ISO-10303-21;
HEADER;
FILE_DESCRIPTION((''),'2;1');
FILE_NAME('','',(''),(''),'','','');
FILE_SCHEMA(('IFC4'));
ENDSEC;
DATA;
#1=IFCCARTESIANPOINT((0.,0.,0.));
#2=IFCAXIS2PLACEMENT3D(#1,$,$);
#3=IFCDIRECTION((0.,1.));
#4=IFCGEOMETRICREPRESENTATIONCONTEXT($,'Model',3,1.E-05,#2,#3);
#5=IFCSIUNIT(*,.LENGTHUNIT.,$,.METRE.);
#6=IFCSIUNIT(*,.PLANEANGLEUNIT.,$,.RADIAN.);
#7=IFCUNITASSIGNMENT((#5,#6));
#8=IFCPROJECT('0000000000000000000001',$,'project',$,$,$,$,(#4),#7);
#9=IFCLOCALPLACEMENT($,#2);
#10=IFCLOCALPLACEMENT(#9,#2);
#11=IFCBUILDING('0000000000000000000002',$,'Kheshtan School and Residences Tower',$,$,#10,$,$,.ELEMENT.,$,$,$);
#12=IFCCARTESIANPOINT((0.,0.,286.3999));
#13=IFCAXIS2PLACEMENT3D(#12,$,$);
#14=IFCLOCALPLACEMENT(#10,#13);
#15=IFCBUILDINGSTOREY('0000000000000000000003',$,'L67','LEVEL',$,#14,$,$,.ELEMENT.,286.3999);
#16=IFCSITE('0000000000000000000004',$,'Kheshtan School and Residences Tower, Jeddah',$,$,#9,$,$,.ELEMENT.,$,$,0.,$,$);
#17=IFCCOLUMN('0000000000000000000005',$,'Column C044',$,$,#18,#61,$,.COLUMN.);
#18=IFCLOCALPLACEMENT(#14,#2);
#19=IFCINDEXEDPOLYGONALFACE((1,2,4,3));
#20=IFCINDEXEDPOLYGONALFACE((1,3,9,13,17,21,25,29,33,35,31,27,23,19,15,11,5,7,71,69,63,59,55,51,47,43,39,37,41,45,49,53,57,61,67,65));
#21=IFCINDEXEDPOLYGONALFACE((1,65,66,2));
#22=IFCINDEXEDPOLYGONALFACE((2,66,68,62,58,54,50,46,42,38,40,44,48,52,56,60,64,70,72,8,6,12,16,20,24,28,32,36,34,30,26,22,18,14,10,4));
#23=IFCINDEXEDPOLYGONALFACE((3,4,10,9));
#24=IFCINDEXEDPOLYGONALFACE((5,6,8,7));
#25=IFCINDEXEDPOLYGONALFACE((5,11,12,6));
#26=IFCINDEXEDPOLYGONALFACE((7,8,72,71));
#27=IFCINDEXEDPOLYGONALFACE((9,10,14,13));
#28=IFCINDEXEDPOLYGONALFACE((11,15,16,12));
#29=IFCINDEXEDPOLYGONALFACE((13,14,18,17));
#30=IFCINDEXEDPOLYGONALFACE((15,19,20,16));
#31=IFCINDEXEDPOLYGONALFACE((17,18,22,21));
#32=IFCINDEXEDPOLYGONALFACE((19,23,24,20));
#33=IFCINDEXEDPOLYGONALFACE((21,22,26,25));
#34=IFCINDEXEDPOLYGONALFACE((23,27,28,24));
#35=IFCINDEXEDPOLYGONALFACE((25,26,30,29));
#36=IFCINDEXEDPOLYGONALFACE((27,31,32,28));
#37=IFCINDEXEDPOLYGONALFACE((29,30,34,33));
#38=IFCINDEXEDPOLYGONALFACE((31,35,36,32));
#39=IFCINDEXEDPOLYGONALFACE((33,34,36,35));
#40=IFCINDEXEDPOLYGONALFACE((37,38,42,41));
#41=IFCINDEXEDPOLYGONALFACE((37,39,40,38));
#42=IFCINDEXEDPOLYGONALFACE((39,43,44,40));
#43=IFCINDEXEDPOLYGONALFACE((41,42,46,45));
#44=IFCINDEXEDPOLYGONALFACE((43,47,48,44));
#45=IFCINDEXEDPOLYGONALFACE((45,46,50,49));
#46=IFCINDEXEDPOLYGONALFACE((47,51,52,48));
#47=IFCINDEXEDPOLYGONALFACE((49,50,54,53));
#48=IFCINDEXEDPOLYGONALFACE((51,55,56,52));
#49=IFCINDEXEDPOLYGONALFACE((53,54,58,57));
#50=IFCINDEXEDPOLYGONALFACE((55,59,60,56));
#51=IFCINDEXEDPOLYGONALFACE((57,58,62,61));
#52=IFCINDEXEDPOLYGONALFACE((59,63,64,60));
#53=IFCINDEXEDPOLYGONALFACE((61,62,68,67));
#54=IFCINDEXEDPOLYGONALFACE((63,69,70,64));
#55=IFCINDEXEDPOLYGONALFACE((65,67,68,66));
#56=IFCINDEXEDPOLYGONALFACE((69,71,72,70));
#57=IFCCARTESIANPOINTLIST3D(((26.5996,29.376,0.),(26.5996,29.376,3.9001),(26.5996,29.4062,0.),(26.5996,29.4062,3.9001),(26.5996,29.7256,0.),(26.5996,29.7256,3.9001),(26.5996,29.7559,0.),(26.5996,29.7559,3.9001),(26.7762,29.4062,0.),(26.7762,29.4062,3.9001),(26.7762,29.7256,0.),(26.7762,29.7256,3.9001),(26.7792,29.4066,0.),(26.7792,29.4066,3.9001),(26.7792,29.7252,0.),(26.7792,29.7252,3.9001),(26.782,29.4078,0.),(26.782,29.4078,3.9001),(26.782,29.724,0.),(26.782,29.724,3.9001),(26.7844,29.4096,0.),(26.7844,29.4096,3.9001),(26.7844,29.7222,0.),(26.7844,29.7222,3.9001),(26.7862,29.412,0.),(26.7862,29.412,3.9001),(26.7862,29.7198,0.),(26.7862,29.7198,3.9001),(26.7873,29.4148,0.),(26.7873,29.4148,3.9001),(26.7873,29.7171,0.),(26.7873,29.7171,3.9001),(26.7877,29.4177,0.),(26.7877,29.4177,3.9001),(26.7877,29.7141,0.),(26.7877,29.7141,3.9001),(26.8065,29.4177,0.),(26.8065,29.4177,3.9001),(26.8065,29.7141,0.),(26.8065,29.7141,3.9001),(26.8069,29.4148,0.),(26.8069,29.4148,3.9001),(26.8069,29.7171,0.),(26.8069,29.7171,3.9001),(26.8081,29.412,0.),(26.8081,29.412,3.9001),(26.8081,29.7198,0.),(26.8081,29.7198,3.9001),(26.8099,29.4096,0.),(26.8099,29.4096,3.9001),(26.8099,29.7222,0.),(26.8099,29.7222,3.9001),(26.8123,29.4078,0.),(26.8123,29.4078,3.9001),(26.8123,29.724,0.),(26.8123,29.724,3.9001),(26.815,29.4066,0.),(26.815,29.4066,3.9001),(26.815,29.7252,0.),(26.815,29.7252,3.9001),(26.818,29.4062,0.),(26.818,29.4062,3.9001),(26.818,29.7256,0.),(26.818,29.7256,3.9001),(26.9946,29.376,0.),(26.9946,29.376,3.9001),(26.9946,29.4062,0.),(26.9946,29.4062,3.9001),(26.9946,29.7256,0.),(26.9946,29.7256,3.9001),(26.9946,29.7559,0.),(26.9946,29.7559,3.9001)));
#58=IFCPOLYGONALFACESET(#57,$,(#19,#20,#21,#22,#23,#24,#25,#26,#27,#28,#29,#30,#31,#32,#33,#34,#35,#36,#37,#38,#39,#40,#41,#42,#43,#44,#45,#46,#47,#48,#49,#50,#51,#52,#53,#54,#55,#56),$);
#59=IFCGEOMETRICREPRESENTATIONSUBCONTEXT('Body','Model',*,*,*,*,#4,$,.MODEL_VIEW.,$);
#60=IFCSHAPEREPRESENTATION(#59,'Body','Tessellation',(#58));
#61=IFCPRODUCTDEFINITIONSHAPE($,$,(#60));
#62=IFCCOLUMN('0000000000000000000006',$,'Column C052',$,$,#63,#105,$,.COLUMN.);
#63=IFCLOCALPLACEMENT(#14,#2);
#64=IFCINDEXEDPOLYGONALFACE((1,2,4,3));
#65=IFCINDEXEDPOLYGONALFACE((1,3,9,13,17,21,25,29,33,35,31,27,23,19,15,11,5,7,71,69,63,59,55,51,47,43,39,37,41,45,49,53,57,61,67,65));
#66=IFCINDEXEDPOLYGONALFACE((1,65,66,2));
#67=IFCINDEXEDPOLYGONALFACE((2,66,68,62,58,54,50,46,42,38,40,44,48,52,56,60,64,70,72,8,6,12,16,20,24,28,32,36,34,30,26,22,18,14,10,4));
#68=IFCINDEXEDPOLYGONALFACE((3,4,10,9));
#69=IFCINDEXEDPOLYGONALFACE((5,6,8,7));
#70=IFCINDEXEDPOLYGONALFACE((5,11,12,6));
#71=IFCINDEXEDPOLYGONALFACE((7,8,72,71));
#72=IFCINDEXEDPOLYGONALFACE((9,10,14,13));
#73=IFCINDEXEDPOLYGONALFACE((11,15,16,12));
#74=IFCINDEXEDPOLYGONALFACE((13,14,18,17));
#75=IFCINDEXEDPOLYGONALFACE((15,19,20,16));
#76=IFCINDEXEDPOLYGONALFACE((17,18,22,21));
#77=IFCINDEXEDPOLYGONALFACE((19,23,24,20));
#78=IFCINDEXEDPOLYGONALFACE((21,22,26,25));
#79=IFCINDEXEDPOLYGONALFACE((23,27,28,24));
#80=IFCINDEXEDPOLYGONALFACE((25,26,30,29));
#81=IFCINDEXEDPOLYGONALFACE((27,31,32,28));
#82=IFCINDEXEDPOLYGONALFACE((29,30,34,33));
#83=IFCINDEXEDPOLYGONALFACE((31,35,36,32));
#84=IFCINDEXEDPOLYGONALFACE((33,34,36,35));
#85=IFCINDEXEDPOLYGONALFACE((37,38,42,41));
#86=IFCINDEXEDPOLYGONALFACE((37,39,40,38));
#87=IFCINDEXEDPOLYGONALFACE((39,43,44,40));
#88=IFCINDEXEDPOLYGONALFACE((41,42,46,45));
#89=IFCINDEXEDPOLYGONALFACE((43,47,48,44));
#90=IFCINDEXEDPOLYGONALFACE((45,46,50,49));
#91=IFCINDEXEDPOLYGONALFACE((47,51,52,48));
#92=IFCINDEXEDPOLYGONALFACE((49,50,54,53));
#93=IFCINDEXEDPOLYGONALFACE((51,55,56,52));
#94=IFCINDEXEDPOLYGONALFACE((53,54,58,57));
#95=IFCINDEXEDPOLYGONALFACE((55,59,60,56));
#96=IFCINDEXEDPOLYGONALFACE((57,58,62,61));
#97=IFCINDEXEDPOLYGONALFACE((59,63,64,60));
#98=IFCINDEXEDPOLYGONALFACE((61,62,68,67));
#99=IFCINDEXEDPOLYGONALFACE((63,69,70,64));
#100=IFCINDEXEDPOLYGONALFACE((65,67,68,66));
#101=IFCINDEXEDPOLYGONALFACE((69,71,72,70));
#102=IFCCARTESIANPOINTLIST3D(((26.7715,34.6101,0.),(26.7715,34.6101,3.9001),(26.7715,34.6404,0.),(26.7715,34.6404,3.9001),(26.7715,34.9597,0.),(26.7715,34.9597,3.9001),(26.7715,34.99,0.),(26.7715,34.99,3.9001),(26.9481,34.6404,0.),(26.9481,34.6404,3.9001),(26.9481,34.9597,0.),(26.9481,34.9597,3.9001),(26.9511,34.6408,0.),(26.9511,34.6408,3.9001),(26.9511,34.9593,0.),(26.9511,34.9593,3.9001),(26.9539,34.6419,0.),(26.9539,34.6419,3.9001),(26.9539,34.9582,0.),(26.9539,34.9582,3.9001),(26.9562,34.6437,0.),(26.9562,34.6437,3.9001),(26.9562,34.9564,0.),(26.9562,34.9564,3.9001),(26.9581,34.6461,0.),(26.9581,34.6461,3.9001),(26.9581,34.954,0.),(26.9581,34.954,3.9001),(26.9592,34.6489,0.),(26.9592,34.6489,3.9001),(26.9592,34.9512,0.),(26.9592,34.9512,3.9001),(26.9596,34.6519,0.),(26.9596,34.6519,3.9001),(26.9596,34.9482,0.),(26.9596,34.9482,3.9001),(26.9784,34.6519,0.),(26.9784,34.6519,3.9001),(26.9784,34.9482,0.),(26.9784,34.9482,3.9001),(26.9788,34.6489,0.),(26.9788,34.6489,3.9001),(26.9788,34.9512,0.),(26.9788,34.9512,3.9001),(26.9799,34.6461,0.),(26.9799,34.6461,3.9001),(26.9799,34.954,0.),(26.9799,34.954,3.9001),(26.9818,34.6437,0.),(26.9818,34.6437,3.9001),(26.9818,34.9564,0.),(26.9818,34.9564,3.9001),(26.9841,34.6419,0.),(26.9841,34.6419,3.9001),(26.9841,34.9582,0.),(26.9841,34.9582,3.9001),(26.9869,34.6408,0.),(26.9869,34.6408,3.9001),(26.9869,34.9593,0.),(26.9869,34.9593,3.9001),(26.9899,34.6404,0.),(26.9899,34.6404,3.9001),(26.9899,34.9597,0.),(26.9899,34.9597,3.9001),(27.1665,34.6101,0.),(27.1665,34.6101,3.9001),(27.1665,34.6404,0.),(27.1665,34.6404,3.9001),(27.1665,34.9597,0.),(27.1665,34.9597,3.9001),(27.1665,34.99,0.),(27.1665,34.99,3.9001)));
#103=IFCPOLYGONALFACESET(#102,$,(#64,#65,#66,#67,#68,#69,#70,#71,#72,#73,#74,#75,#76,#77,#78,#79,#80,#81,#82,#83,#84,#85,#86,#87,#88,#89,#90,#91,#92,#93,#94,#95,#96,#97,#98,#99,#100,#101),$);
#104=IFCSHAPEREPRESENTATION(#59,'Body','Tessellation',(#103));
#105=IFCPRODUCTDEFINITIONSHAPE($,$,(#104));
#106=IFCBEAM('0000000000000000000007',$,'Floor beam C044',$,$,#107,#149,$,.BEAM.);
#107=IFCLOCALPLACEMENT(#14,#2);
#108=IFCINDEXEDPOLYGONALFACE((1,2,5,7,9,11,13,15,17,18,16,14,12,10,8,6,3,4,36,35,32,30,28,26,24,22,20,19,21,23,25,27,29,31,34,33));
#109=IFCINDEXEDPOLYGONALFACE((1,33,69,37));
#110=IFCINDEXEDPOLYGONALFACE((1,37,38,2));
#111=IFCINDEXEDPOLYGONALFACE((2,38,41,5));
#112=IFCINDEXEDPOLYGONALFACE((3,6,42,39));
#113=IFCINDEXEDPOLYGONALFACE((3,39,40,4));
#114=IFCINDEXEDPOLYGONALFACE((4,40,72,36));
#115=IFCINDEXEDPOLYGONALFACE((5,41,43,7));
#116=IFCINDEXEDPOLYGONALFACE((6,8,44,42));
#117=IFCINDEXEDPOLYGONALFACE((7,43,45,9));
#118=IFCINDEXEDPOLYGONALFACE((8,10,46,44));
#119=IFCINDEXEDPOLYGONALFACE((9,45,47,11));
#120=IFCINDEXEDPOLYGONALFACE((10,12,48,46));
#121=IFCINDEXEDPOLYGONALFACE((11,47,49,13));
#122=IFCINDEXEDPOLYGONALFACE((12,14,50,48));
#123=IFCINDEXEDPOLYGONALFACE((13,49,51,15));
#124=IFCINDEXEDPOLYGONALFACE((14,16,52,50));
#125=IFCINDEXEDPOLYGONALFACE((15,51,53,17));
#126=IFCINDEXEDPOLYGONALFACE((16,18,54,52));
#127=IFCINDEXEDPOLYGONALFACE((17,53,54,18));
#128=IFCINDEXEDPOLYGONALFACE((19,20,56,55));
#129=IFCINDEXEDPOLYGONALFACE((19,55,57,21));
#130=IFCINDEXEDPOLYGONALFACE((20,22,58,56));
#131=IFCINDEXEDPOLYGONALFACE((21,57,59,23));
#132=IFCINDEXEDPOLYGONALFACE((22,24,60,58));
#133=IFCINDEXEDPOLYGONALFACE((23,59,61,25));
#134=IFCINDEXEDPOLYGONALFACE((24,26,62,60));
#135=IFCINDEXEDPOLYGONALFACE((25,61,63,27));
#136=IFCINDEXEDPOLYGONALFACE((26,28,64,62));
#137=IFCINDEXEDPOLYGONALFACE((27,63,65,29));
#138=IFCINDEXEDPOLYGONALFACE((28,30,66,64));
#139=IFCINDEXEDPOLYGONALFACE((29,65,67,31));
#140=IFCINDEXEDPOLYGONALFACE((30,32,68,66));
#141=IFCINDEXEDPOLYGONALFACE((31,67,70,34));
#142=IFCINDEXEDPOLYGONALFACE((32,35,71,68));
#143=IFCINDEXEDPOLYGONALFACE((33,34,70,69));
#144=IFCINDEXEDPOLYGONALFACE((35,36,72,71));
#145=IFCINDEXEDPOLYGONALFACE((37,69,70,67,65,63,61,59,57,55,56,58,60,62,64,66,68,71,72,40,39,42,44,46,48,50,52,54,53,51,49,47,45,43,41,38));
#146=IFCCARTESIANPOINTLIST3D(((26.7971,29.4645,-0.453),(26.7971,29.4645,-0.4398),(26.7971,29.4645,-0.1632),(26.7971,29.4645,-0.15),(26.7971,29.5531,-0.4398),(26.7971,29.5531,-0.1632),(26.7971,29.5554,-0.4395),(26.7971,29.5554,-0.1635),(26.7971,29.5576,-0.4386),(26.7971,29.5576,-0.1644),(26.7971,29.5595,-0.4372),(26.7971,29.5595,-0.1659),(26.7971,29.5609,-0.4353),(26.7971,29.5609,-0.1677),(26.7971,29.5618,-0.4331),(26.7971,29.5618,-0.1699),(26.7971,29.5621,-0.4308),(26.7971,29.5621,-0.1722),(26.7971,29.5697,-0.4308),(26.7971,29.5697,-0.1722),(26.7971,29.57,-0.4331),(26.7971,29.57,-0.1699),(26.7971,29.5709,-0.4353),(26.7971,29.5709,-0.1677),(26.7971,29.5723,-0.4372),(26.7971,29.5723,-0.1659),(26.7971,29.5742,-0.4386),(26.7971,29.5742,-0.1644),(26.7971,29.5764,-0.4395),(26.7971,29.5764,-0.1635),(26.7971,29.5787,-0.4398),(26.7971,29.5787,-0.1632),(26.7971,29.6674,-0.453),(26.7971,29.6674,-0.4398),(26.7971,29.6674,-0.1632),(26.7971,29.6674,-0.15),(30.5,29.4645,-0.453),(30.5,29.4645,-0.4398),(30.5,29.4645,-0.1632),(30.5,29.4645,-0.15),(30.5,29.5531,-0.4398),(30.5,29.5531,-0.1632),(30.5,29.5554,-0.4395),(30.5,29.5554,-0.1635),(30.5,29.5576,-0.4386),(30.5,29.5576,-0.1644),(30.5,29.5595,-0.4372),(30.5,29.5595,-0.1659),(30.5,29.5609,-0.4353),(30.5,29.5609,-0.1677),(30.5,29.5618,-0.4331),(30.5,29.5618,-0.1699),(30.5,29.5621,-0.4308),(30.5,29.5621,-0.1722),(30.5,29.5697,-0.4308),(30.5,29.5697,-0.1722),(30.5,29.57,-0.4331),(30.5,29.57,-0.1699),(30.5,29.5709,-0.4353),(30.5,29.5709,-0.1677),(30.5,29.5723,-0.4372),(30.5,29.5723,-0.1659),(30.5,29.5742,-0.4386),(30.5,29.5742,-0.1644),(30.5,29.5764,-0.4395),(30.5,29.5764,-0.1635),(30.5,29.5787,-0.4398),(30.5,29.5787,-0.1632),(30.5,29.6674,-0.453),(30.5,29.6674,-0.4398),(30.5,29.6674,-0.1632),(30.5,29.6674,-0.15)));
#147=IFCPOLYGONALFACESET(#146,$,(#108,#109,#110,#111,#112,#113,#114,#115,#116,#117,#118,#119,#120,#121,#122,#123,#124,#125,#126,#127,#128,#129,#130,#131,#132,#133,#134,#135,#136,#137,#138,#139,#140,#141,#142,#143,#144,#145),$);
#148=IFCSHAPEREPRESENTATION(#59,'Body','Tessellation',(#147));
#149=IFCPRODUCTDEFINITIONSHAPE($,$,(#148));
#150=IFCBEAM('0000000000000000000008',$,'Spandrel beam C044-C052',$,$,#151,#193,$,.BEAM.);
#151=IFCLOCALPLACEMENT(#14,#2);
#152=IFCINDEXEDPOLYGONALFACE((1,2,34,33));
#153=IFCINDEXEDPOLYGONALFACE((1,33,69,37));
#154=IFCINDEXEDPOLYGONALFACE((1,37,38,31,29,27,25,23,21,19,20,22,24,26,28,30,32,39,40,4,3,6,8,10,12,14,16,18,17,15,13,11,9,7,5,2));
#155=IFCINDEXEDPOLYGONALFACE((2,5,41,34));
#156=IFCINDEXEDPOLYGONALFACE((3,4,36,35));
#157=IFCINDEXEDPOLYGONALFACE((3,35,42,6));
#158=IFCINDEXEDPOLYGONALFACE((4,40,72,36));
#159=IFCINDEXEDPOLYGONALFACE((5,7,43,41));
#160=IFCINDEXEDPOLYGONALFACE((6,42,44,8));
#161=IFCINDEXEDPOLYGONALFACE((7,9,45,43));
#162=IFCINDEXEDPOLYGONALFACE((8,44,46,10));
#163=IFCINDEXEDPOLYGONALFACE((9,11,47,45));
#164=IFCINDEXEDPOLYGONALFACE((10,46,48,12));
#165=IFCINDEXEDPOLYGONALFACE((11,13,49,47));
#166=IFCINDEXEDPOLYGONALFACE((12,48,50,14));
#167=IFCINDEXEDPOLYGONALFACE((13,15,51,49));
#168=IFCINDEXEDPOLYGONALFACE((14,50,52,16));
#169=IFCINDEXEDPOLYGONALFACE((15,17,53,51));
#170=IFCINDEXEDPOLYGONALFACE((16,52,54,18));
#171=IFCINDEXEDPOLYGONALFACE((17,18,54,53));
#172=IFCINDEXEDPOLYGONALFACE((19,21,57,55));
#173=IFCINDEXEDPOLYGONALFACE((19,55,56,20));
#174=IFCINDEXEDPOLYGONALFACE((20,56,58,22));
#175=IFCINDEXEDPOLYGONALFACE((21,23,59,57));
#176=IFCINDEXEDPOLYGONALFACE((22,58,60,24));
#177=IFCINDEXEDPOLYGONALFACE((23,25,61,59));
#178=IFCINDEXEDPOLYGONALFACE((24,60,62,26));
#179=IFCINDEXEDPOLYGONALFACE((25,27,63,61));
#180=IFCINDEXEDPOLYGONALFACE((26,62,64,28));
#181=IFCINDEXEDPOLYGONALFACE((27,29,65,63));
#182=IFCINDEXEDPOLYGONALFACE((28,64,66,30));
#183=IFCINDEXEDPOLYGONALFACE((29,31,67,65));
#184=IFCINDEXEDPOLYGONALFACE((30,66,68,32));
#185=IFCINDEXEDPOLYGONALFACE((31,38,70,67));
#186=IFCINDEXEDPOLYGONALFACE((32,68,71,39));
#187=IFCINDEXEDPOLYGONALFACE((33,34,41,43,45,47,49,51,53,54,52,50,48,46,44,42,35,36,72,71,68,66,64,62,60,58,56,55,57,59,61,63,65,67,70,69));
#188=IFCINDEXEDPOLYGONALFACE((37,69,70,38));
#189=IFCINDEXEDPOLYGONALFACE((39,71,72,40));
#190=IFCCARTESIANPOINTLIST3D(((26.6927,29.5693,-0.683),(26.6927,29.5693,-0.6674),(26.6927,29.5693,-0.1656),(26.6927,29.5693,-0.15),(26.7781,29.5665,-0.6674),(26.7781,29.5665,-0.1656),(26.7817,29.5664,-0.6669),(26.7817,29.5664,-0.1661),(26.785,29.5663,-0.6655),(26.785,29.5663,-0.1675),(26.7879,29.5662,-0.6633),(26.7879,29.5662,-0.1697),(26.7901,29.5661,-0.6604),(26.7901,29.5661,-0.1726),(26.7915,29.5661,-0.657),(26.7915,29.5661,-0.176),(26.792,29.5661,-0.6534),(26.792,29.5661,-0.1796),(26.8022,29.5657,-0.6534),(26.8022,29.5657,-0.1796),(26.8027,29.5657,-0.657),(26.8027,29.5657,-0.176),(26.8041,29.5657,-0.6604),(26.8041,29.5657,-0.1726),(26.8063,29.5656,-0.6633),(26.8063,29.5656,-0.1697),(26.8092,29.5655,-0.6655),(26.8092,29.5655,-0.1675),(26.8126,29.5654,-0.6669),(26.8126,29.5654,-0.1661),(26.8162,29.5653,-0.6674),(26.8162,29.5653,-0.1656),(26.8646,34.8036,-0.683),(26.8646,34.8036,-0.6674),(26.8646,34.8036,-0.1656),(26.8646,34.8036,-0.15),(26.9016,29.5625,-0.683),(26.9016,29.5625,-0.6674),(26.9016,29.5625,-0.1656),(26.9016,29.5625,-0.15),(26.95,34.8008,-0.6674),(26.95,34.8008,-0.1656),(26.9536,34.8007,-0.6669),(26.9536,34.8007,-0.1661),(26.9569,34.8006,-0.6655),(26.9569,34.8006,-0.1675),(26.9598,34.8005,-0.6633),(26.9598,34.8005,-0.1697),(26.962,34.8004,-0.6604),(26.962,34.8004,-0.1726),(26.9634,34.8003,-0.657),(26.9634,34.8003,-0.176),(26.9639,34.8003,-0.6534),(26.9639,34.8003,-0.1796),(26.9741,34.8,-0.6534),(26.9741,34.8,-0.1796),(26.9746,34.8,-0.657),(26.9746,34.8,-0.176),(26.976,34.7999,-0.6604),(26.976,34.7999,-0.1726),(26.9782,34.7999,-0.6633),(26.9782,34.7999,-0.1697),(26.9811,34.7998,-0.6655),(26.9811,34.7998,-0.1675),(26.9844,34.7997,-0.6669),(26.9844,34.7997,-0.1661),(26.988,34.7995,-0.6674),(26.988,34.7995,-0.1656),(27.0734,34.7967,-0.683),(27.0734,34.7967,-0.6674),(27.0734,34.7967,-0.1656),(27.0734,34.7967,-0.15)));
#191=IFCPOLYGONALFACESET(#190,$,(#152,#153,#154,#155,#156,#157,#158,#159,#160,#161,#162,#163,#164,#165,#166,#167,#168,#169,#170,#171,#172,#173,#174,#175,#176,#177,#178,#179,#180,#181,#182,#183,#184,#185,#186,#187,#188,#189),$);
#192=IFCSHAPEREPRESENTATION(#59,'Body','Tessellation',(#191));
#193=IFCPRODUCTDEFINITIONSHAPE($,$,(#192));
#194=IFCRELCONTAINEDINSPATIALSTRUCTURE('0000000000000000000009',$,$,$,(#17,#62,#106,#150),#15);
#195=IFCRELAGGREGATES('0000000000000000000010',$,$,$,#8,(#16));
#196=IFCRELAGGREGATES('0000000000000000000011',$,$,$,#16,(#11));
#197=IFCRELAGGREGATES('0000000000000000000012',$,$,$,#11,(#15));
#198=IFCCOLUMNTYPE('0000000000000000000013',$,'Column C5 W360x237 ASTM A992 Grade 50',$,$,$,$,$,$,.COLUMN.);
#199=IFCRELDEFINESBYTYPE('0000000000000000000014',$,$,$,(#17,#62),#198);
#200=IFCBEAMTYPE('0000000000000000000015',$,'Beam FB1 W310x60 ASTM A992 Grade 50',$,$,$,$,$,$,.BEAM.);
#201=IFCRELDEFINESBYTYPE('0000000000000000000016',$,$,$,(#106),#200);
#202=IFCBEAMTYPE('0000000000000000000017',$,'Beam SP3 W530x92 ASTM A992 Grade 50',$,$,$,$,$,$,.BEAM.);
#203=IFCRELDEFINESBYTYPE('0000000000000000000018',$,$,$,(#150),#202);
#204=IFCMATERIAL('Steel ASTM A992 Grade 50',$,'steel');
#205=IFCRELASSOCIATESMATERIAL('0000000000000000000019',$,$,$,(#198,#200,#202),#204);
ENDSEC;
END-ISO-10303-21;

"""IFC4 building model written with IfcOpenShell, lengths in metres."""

from ifc_helpers import new_model, si_unit, direction, frame, origin, origin_2d, place, context, subcontext, project, spatial, i_section, extrude, material, material_profile, profile_set, type_object, element, save


model = new_model("IFC4")

# Units and contexts
model_context = context("Model", 3, precision=1e-05, world=origin(), true_north=direction((0.0, 1.0)))
body_context = subcontext(model_context, "Body", "Model", "MODEL_VIEW")
ifc_project = project(units=[si_unit("LENGTHUNIT", "METRE"), si_unit("PLANEANGLEUNIT", "RADIAN")], contexts=[model_context])

# Site, building, storey
site_placement = place(None, origin())
site = spatial("IfcSite", under=ifc_project, at=site_placement, Name="Kheshtan School and Residences Tower, Jeddah", CompositionType="ELEMENT", RefElevation=0.0)
building_placement = place(site_placement, origin())
building = spatial("IfcBuilding", under=site, at=building_placement, Name="Kheshtan School and Residences Tower", CompositionType="ELEMENT")
storey_placement = place(building_placement, frame((0.0, 0.0, 286.3999)))
storey = spatial("IfcBuildingStorey", under=building, at=storey_placement, Name="L67", Description="LEVEL", CompositionType="ELEMENT", Elevation=286.3999)

# Columns
ifc_material_1 = material(Name="Steel ASTM A992 Grade 50", Category="steel")
ifc_material_profile_1 = material_profile(ifc_material_1, i_section(OverallWidth=0.395, OverallDepth=0.3799, WebThickness=0.0188, FlangeThickness=0.0303, FilletRadius=0.0115, at=origin_2d()), Name="W360x237")
ifc_profile_set_1 = profile_set([ifc_material_profile_1], Name="Steel ASTM A992 Grade 50")
column_type = type_object("IfcColumnType", Name="Column C5 W360x237 ASTM A992 Grade 50", PredefinedType="COLUMN", material=ifc_profile_set_1)
for number, where, z_axis, x_axis, name in (
    (1, (26.7971, 29.5659, 0.0), (0.0, 0.0, 1.0), (1.0, 0.0, 0.0), "Column C044"),
    (2, (26.969, 34.8, 0.0), (0.0, 0.0, 1.0), (1.0, 0.0, 0.0), "Column C052"),
):
    element("IfcColumn", number, at=place(storey_placement, frame(where, z_axis=z_axis, x_axis=x_axis)), inside=storey, type_object=column_type, Name=name, PredefinedType="COLUMN", context=body_context, shape_type="SweptSolid", body=[
        extrude(i_section(OverallWidth=0.395, OverallDepth=0.3799, WebThickness=0.0188, FlangeThickness=0.0303, FilletRadius=0.0115, at=origin_2d()), origin(), (0.0, 0.0, 1.0), 3.9001),
    ])

# Beams
ifc_material_profile_2 = material_profile(ifc_material_1, i_section(OverallWidth=0.2029, OverallDepth=0.303, WebThickness=0.0076, FlangeThickness=0.0132, FilletRadius=0.009, at=origin_2d()), Name="W310x60")
ifc_profile_set_2 = profile_set([ifc_material_profile_2], Name="Steel ASTM A992 Grade 50")
beam_type_1 = type_object("IfcBeamType", Name="Beam FB1 W310x60 ASTM A992 Grade 50", PredefinedType="BEAM", material=ifc_profile_set_2)
beam_1_placement = place(storey_placement, frame((26.7971, 29.5659, -0.3015), z_axis=(1.0, 0.0, 0.0), x_axis=(0.0, 1.0, 0.0)))
element("IfcBeam", 3, at=beam_1_placement, inside=storey, type_object=beam_type_1, Name="Floor beam C044", PredefinedType="BEAM", context=body_context, shape_type="SweptSolid", body=[
    extrude(i_section(OverallWidth=0.2029, OverallDepth=0.303, WebThickness=0.0076, FlangeThickness=0.0132, FilletRadius=0.009, at=origin_2d()), origin(), (0.0, 0.0, 1.0), 3.7029),
])
ifc_material_profile_3 = material_profile(ifc_material_1, i_section(OverallWidth=0.209, OverallDepth=0.533, WebThickness=0.0103, FlangeThickness=0.0156, FilletRadius=0.0139, at=origin_2d()), Name="W530x92")
ifc_profile_set_3 = profile_set([ifc_material_profile_3], Name="Steel ASTM A992 Grade 50")
beam_type_2 = type_object("IfcBeamType", Name="Beam SP3 W530x92 ASTM A992 Grade 50", PredefinedType="BEAM", material=ifc_profile_set_3)
beam_2_placement = place(storey_placement, frame((26.7971, 29.5659, -0.4165), z_axis=(0.03282, 0.999461, 0.0), x_axis=(-0.999461, 0.03282, 0.0)))
element("IfcBeam", 4, at=beam_2_placement, inside=storey, type_object=beam_type_2, Name="Spandrel beam C044-C052", PredefinedType="BEAM", context=body_context, shape_type="SweptSolid", body=[
    extrude(i_section(OverallWidth=0.209, OverallDepth=0.533, WebThickness=0.0103, FlangeThickness=0.0156, FilletRadius=0.0139, at=origin_2d()), origin(), (0.0, 0.0, 1.0), 5.2371),
])

save(model, "model.ifc")
